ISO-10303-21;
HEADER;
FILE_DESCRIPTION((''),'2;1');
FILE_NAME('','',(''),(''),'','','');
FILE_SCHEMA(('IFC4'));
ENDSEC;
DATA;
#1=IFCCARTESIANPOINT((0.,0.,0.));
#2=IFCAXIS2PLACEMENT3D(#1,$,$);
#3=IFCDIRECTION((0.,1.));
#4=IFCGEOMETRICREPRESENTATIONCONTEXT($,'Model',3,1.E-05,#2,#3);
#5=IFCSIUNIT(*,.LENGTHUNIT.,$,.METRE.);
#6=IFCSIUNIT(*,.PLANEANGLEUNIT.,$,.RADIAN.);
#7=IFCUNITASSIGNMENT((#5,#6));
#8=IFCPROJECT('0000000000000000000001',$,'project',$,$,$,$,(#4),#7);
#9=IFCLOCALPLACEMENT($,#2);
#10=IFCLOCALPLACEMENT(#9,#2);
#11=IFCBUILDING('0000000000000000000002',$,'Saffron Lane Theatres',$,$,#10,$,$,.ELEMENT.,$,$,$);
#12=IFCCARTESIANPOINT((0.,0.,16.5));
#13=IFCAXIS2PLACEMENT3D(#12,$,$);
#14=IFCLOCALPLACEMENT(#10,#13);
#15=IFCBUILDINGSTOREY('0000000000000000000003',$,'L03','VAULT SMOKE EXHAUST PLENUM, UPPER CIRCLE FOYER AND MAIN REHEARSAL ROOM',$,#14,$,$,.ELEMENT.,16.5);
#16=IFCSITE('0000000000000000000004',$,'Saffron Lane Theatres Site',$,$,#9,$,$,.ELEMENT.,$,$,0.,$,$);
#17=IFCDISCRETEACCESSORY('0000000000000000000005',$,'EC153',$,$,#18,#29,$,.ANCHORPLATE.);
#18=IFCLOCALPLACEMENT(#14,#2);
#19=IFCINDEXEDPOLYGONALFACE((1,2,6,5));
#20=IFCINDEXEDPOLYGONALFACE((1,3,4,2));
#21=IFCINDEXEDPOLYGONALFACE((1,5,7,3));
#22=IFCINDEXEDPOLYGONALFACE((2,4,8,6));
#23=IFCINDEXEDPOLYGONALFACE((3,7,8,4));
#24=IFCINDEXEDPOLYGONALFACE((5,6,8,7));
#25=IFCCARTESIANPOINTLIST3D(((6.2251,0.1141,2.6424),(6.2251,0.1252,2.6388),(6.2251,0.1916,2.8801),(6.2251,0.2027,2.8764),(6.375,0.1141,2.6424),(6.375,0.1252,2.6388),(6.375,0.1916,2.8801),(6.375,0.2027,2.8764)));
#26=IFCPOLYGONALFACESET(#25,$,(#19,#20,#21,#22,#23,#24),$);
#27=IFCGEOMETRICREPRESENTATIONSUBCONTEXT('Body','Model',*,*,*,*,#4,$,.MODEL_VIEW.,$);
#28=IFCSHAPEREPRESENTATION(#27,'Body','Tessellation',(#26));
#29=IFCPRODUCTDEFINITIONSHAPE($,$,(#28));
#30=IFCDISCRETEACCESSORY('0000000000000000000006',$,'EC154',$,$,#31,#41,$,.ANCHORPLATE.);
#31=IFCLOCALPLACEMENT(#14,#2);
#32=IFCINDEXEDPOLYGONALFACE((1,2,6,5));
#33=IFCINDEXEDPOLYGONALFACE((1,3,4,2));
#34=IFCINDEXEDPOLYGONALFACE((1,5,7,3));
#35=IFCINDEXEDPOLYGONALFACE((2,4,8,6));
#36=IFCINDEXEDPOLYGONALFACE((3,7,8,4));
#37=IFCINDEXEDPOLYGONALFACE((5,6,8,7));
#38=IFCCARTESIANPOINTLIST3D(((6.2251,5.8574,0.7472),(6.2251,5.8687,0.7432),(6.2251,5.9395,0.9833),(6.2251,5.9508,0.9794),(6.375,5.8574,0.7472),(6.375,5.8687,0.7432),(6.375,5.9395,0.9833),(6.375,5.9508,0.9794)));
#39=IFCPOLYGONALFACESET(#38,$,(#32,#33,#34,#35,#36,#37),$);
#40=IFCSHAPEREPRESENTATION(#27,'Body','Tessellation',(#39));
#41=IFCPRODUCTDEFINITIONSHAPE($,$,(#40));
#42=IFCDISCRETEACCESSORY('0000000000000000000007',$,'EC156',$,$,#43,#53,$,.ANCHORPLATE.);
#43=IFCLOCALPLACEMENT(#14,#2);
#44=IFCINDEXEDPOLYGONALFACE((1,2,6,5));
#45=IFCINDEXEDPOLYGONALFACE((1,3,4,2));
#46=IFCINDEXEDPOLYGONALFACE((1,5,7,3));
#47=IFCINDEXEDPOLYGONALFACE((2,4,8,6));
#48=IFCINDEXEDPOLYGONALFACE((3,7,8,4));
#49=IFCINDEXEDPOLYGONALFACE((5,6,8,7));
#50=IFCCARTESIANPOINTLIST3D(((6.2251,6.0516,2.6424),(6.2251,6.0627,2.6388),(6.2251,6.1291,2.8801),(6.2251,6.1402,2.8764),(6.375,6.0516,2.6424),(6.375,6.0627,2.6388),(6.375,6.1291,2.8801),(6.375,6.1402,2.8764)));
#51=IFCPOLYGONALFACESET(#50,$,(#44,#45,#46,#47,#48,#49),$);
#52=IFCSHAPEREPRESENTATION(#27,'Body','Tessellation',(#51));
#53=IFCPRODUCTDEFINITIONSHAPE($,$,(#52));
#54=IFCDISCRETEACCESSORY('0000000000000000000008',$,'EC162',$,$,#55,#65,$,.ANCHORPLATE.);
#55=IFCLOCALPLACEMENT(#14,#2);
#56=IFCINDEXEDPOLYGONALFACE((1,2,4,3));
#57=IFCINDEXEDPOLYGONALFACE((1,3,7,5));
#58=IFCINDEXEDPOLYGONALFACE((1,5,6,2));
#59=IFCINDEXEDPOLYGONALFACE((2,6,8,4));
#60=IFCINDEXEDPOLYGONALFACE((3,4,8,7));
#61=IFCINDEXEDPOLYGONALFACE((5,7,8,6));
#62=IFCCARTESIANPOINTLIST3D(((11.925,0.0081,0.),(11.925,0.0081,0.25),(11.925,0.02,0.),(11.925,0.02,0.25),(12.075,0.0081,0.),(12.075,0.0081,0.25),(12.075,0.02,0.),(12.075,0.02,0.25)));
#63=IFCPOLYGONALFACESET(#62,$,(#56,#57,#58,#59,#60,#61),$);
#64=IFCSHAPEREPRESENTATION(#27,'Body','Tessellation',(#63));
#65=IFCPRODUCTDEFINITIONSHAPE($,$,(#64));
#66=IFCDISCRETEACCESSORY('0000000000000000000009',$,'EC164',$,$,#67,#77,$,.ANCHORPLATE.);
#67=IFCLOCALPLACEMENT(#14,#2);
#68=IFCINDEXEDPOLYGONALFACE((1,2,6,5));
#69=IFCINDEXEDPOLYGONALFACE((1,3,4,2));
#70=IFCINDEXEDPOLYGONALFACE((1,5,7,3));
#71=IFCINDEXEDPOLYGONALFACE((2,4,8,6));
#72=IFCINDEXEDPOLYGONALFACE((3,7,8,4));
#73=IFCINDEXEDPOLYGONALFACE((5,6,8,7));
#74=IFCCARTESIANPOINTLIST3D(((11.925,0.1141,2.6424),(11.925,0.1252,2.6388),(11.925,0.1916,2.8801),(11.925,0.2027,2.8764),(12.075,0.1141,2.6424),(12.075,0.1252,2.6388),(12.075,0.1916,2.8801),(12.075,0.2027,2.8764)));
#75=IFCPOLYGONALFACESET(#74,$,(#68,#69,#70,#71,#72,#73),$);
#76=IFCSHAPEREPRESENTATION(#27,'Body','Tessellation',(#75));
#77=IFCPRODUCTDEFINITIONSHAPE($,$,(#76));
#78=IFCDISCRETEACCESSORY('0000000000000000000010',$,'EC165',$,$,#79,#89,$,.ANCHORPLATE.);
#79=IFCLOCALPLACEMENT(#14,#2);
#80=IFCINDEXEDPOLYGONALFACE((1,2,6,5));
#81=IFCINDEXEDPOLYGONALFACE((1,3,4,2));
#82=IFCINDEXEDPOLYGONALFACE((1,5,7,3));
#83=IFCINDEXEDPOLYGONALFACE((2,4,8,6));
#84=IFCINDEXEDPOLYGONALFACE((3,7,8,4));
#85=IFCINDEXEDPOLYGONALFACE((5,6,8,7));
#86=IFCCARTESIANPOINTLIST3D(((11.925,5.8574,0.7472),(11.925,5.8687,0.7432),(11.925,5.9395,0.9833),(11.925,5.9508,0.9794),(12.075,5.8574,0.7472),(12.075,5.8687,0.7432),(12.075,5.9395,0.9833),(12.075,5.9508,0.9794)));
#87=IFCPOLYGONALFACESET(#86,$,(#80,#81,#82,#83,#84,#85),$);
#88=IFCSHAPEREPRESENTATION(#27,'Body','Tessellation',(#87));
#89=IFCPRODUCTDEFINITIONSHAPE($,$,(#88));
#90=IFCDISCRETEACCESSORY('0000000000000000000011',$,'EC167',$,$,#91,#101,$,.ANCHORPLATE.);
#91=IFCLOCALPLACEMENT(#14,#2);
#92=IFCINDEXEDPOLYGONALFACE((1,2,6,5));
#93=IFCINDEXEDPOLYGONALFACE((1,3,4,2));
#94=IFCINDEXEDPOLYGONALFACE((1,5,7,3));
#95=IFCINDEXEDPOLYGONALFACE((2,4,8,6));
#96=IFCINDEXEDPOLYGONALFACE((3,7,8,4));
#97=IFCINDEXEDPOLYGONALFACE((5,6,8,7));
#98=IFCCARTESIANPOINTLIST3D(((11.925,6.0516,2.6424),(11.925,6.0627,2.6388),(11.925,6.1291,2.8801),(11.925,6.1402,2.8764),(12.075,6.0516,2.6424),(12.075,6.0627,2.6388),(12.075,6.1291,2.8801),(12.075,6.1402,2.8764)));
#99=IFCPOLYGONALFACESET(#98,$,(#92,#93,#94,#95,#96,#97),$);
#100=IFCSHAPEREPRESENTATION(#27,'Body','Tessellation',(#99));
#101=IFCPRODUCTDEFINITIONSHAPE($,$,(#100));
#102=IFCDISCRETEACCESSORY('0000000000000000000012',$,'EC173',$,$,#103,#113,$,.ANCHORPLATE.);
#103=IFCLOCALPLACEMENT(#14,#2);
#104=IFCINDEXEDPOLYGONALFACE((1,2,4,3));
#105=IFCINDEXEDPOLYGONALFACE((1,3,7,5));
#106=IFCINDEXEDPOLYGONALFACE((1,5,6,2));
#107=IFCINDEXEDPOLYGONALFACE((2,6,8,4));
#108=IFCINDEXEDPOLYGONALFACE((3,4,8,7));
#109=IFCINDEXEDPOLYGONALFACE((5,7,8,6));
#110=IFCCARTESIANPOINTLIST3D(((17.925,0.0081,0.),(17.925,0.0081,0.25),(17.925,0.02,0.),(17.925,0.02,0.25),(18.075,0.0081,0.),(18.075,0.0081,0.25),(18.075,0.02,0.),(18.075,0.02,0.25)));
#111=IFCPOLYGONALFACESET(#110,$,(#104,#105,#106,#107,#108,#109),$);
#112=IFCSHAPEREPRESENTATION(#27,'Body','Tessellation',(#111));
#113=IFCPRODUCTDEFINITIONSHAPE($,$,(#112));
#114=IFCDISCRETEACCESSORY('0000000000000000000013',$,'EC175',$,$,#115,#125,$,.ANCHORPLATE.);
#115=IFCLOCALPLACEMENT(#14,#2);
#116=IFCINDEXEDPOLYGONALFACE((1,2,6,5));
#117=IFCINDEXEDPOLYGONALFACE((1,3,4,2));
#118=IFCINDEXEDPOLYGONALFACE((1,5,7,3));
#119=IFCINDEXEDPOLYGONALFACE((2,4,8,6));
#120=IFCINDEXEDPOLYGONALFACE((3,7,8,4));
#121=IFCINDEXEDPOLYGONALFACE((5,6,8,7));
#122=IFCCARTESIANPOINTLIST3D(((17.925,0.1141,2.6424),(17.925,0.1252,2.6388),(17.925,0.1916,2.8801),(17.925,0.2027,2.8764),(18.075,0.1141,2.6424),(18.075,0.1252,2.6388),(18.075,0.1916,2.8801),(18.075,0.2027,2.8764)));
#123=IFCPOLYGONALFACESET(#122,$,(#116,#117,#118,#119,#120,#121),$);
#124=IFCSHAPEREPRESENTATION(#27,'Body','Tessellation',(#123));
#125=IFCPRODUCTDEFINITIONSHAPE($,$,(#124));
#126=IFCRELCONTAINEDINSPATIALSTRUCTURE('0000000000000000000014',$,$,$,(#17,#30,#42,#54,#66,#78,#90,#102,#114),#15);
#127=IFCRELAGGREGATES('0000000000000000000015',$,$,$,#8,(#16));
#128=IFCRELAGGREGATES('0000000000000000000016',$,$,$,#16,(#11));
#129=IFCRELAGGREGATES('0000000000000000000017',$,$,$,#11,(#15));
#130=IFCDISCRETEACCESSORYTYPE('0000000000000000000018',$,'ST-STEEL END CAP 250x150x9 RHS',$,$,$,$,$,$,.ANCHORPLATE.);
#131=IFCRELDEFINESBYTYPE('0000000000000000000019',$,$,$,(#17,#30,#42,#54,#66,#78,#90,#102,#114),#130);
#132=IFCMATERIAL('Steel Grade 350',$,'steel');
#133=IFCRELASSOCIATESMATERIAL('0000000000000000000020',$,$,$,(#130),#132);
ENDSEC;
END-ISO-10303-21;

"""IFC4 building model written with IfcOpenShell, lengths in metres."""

from ifc_helpers import new_model, si_unit, direction, frame, origin, origin_2d, place, context, subcontext, project, spatial, rectangle, extrude, material, material_profile, profile_set, type_object, element, save


model = new_model("IFC4")

# Units and contexts
model_context = context("Model", 3, precision=1e-05, world=origin(), true_north=direction((0.0, 1.0)))
body_context = subcontext(model_context, "Body", "Model", "MODEL_VIEW")
ifc_project = project(units=[si_unit("LENGTHUNIT", "METRE"), si_unit("PLANEANGLEUNIT", "RADIAN")], contexts=[model_context])

# Site, building, storey
site_placement = place(None, origin())
site = spatial("IfcSite", under=ifc_project, at=site_placement, Name="Saffron Lane Theatres Site", CompositionType="ELEMENT", RefElevation=0.0)
building_placement = place(site_placement, origin())
building = spatial("IfcBuilding", under=site, at=building_placement, Name="Saffron Lane Theatres", CompositionType="ELEMENT")
storey_placement = place(building_placement, frame((0.0, 0.0, 16.5)))
storey = spatial("IfcBuildingStorey", under=building, at=storey_placement, Name="L03", Description="VAULT SMOKE EXHAUST PLENUM, UPPER CIRCLE FOYER AND MAIN REHEARSAL ROOM", CompositionType="ELEMENT", Elevation=16.5)

# Discrete accessories
ifc_material_1 = material(Name="Steel Grade 350", Category="steel")
ifc_material_profile_1 = material_profile(ifc_material_1, rectangle(XDim=0.1499, YDim=0.25, at=origin_2d()))
ifc_profile_set_1 = profile_set([ifc_material_profile_1], Name="Steel Grade 350")
discrete_accessory_type_1 = type_object("IfcDiscreteAccessoryType", Name="ST-STEEL END CAP 250x150x9 RHS", PredefinedType="ANCHORPLATE", material=ifc_profile_set_1)
discrete_accessory_1_placement = place(storey_placement, frame((6.3, 0.1528, 2.7612), z_axis=(0.0, 0.95073, -0.310021), x_axis=(-1.0, 0.0, 0.0)))
element("IfcDiscreteAccessory", 1, at=discrete_accessory_1_placement, inside=storey, type_object=discrete_accessory_type_1, Name="EC153", PredefinedType="ANCHORPLATE", context=body_context, shape_type="SweptSolid", body=[
    extrude(rectangle(XDim=0.1499, YDim=0.25, at=origin_2d()), origin(), (0.0, 0.0, 1.0), 0.0117),
])
discrete_accessory_2_placement = place(storey_placement, frame((6.3, 5.8984, 0.8652), z_axis=(0.0, 0.944497, -0.328521), x_axis=(-1.0, 0.0, 0.0)))
element("IfcDiscreteAccessory", 2, at=discrete_accessory_2_placement, inside=storey, type_object=discrete_accessory_type_1, Name="EC154", PredefinedType="ANCHORPLATE", context=body_context, shape_type="SweptSolid", body=[
    extrude(rectangle(XDim=0.1499, YDim=0.25, at=origin_2d()), origin(), (0.0, 0.0, 1.0), 0.012),
])
discrete_accessory_3_placement = place(storey_placement, frame((6.3, 6.0903, 2.7612), z_axis=(0.0, 0.95073, -0.310021), x_axis=(-1.0, 0.0, 0.0)))
element("IfcDiscreteAccessory", 3, at=discrete_accessory_3_placement, inside=storey, type_object=discrete_accessory_type_1, Name="EC156", PredefinedType="ANCHORPLATE", context=body_context, shape_type="SweptSolid", body=[
    extrude(rectangle(XDim=0.1499, YDim=0.25, at=origin_2d()), origin(), (0.0, 0.0, 1.0), 0.0117),
])
discrete_accessory_4_placement = place(storey_placement, frame((12.0, 0.0081, 0.125), z_axis=(0.0, 1.0, 0.0), x_axis=(-1.0, 0.0, 0.0)))
element("IfcDiscreteAccessory", 4, at=discrete_accessory_4_placement, inside=storey, type_object=discrete_accessory_type_1, Name="EC162", PredefinedType="ANCHORPLATE", context=body_context, shape_type="SweptSolid", body=[
    extrude(rectangle(XDim=0.1499, YDim=0.25, at=origin_2d()), origin(), (0.0, 0.0, 1.0), 0.012),
])
discrete_accessory_5_placement = place(storey_placement, frame((12.0, 0.1528, 2.7612), z_axis=(0.0, 0.95073, -0.310021), x_axis=(-1.0, 0.0, 0.0)))
element("IfcDiscreteAccessory", 5, at=discrete_accessory_5_placement, inside=storey, type_object=discrete_accessory_type_1, Name="EC164", PredefinedType="ANCHORPLATE", context=body_context, shape_type="SweptSolid", body=[
    extrude(rectangle(XDim=0.1499, YDim=0.25, at=origin_2d()), origin(), (0.0, 0.0, 1.0), 0.0117),
])
discrete_accessory_6_placement = place(storey_placement, frame((12.0, 5.8984, 0.8652), z_axis=(0.0, 0.944497, -0.328521), x_axis=(-1.0, 0.0, 0.0)))
element("IfcDiscreteAccessory", 6, at=discrete_accessory_6_placement, inside=storey, type_object=discrete_accessory_type_1, Name="EC165", PredefinedType="ANCHORPLATE", context=body_context, shape_type="SweptSolid", body=[
    extrude(rectangle(XDim=0.1499, YDim=0.25, at=origin_2d()), origin(), (0.0, 0.0, 1.0), 0.012),
])
discrete_accessory_7_placement = place(storey_placement, frame((12.0, 6.0903, 2.7612), z_axis=(0.0, 0.95073, -0.310021), x_axis=(-1.0, 0.0, 0.0)))
element("IfcDiscreteAccessory", 7, at=discrete_accessory_7_placement, inside=storey, type_object=discrete_accessory_type_1, Name="EC167", PredefinedType="ANCHORPLATE", context=body_context, shape_type="SweptSolid", body=[
    extrude(rectangle(XDim=0.1499, YDim=0.25, at=origin_2d()), origin(), (0.0, 0.0, 1.0), 0.0117),
])
discrete_accessory_8_placement = place(storey_placement, frame((18.0, 0.0081, 0.125), z_axis=(0.0, 1.0, 0.0), x_axis=(-1.0, 0.0, 0.0)))
element("IfcDiscreteAccessory", 8, at=discrete_accessory_8_placement, inside=storey, type_object=discrete_accessory_type_1, Name="EC173", PredefinedType="ANCHORPLATE", context=body_context, shape_type="SweptSolid", body=[
    extrude(rectangle(XDim=0.1499, YDim=0.25, at=origin_2d()), origin(), (0.0, 0.0, 1.0), 0.012),
])
discrete_accessory_9_placement = place(storey_placement, frame((18.0, 0.1528, 2.7612), z_axis=(0.0, 0.95073, -0.310021), x_axis=(-1.0, 0.0, 0.0)))
element("IfcDiscreteAccessory", 9, at=discrete_accessory_9_placement, inside=storey, type_object=discrete_accessory_type_1, Name="EC175", PredefinedType="ANCHORPLATE", context=body_context, shape_type="SweptSolid", body=[
    extrude(rectangle(XDim=0.1499, YDim=0.25, at=origin_2d()), origin(), (0.0, 0.0, 1.0), 0.0117),
])

save(model, "model.ifc")
